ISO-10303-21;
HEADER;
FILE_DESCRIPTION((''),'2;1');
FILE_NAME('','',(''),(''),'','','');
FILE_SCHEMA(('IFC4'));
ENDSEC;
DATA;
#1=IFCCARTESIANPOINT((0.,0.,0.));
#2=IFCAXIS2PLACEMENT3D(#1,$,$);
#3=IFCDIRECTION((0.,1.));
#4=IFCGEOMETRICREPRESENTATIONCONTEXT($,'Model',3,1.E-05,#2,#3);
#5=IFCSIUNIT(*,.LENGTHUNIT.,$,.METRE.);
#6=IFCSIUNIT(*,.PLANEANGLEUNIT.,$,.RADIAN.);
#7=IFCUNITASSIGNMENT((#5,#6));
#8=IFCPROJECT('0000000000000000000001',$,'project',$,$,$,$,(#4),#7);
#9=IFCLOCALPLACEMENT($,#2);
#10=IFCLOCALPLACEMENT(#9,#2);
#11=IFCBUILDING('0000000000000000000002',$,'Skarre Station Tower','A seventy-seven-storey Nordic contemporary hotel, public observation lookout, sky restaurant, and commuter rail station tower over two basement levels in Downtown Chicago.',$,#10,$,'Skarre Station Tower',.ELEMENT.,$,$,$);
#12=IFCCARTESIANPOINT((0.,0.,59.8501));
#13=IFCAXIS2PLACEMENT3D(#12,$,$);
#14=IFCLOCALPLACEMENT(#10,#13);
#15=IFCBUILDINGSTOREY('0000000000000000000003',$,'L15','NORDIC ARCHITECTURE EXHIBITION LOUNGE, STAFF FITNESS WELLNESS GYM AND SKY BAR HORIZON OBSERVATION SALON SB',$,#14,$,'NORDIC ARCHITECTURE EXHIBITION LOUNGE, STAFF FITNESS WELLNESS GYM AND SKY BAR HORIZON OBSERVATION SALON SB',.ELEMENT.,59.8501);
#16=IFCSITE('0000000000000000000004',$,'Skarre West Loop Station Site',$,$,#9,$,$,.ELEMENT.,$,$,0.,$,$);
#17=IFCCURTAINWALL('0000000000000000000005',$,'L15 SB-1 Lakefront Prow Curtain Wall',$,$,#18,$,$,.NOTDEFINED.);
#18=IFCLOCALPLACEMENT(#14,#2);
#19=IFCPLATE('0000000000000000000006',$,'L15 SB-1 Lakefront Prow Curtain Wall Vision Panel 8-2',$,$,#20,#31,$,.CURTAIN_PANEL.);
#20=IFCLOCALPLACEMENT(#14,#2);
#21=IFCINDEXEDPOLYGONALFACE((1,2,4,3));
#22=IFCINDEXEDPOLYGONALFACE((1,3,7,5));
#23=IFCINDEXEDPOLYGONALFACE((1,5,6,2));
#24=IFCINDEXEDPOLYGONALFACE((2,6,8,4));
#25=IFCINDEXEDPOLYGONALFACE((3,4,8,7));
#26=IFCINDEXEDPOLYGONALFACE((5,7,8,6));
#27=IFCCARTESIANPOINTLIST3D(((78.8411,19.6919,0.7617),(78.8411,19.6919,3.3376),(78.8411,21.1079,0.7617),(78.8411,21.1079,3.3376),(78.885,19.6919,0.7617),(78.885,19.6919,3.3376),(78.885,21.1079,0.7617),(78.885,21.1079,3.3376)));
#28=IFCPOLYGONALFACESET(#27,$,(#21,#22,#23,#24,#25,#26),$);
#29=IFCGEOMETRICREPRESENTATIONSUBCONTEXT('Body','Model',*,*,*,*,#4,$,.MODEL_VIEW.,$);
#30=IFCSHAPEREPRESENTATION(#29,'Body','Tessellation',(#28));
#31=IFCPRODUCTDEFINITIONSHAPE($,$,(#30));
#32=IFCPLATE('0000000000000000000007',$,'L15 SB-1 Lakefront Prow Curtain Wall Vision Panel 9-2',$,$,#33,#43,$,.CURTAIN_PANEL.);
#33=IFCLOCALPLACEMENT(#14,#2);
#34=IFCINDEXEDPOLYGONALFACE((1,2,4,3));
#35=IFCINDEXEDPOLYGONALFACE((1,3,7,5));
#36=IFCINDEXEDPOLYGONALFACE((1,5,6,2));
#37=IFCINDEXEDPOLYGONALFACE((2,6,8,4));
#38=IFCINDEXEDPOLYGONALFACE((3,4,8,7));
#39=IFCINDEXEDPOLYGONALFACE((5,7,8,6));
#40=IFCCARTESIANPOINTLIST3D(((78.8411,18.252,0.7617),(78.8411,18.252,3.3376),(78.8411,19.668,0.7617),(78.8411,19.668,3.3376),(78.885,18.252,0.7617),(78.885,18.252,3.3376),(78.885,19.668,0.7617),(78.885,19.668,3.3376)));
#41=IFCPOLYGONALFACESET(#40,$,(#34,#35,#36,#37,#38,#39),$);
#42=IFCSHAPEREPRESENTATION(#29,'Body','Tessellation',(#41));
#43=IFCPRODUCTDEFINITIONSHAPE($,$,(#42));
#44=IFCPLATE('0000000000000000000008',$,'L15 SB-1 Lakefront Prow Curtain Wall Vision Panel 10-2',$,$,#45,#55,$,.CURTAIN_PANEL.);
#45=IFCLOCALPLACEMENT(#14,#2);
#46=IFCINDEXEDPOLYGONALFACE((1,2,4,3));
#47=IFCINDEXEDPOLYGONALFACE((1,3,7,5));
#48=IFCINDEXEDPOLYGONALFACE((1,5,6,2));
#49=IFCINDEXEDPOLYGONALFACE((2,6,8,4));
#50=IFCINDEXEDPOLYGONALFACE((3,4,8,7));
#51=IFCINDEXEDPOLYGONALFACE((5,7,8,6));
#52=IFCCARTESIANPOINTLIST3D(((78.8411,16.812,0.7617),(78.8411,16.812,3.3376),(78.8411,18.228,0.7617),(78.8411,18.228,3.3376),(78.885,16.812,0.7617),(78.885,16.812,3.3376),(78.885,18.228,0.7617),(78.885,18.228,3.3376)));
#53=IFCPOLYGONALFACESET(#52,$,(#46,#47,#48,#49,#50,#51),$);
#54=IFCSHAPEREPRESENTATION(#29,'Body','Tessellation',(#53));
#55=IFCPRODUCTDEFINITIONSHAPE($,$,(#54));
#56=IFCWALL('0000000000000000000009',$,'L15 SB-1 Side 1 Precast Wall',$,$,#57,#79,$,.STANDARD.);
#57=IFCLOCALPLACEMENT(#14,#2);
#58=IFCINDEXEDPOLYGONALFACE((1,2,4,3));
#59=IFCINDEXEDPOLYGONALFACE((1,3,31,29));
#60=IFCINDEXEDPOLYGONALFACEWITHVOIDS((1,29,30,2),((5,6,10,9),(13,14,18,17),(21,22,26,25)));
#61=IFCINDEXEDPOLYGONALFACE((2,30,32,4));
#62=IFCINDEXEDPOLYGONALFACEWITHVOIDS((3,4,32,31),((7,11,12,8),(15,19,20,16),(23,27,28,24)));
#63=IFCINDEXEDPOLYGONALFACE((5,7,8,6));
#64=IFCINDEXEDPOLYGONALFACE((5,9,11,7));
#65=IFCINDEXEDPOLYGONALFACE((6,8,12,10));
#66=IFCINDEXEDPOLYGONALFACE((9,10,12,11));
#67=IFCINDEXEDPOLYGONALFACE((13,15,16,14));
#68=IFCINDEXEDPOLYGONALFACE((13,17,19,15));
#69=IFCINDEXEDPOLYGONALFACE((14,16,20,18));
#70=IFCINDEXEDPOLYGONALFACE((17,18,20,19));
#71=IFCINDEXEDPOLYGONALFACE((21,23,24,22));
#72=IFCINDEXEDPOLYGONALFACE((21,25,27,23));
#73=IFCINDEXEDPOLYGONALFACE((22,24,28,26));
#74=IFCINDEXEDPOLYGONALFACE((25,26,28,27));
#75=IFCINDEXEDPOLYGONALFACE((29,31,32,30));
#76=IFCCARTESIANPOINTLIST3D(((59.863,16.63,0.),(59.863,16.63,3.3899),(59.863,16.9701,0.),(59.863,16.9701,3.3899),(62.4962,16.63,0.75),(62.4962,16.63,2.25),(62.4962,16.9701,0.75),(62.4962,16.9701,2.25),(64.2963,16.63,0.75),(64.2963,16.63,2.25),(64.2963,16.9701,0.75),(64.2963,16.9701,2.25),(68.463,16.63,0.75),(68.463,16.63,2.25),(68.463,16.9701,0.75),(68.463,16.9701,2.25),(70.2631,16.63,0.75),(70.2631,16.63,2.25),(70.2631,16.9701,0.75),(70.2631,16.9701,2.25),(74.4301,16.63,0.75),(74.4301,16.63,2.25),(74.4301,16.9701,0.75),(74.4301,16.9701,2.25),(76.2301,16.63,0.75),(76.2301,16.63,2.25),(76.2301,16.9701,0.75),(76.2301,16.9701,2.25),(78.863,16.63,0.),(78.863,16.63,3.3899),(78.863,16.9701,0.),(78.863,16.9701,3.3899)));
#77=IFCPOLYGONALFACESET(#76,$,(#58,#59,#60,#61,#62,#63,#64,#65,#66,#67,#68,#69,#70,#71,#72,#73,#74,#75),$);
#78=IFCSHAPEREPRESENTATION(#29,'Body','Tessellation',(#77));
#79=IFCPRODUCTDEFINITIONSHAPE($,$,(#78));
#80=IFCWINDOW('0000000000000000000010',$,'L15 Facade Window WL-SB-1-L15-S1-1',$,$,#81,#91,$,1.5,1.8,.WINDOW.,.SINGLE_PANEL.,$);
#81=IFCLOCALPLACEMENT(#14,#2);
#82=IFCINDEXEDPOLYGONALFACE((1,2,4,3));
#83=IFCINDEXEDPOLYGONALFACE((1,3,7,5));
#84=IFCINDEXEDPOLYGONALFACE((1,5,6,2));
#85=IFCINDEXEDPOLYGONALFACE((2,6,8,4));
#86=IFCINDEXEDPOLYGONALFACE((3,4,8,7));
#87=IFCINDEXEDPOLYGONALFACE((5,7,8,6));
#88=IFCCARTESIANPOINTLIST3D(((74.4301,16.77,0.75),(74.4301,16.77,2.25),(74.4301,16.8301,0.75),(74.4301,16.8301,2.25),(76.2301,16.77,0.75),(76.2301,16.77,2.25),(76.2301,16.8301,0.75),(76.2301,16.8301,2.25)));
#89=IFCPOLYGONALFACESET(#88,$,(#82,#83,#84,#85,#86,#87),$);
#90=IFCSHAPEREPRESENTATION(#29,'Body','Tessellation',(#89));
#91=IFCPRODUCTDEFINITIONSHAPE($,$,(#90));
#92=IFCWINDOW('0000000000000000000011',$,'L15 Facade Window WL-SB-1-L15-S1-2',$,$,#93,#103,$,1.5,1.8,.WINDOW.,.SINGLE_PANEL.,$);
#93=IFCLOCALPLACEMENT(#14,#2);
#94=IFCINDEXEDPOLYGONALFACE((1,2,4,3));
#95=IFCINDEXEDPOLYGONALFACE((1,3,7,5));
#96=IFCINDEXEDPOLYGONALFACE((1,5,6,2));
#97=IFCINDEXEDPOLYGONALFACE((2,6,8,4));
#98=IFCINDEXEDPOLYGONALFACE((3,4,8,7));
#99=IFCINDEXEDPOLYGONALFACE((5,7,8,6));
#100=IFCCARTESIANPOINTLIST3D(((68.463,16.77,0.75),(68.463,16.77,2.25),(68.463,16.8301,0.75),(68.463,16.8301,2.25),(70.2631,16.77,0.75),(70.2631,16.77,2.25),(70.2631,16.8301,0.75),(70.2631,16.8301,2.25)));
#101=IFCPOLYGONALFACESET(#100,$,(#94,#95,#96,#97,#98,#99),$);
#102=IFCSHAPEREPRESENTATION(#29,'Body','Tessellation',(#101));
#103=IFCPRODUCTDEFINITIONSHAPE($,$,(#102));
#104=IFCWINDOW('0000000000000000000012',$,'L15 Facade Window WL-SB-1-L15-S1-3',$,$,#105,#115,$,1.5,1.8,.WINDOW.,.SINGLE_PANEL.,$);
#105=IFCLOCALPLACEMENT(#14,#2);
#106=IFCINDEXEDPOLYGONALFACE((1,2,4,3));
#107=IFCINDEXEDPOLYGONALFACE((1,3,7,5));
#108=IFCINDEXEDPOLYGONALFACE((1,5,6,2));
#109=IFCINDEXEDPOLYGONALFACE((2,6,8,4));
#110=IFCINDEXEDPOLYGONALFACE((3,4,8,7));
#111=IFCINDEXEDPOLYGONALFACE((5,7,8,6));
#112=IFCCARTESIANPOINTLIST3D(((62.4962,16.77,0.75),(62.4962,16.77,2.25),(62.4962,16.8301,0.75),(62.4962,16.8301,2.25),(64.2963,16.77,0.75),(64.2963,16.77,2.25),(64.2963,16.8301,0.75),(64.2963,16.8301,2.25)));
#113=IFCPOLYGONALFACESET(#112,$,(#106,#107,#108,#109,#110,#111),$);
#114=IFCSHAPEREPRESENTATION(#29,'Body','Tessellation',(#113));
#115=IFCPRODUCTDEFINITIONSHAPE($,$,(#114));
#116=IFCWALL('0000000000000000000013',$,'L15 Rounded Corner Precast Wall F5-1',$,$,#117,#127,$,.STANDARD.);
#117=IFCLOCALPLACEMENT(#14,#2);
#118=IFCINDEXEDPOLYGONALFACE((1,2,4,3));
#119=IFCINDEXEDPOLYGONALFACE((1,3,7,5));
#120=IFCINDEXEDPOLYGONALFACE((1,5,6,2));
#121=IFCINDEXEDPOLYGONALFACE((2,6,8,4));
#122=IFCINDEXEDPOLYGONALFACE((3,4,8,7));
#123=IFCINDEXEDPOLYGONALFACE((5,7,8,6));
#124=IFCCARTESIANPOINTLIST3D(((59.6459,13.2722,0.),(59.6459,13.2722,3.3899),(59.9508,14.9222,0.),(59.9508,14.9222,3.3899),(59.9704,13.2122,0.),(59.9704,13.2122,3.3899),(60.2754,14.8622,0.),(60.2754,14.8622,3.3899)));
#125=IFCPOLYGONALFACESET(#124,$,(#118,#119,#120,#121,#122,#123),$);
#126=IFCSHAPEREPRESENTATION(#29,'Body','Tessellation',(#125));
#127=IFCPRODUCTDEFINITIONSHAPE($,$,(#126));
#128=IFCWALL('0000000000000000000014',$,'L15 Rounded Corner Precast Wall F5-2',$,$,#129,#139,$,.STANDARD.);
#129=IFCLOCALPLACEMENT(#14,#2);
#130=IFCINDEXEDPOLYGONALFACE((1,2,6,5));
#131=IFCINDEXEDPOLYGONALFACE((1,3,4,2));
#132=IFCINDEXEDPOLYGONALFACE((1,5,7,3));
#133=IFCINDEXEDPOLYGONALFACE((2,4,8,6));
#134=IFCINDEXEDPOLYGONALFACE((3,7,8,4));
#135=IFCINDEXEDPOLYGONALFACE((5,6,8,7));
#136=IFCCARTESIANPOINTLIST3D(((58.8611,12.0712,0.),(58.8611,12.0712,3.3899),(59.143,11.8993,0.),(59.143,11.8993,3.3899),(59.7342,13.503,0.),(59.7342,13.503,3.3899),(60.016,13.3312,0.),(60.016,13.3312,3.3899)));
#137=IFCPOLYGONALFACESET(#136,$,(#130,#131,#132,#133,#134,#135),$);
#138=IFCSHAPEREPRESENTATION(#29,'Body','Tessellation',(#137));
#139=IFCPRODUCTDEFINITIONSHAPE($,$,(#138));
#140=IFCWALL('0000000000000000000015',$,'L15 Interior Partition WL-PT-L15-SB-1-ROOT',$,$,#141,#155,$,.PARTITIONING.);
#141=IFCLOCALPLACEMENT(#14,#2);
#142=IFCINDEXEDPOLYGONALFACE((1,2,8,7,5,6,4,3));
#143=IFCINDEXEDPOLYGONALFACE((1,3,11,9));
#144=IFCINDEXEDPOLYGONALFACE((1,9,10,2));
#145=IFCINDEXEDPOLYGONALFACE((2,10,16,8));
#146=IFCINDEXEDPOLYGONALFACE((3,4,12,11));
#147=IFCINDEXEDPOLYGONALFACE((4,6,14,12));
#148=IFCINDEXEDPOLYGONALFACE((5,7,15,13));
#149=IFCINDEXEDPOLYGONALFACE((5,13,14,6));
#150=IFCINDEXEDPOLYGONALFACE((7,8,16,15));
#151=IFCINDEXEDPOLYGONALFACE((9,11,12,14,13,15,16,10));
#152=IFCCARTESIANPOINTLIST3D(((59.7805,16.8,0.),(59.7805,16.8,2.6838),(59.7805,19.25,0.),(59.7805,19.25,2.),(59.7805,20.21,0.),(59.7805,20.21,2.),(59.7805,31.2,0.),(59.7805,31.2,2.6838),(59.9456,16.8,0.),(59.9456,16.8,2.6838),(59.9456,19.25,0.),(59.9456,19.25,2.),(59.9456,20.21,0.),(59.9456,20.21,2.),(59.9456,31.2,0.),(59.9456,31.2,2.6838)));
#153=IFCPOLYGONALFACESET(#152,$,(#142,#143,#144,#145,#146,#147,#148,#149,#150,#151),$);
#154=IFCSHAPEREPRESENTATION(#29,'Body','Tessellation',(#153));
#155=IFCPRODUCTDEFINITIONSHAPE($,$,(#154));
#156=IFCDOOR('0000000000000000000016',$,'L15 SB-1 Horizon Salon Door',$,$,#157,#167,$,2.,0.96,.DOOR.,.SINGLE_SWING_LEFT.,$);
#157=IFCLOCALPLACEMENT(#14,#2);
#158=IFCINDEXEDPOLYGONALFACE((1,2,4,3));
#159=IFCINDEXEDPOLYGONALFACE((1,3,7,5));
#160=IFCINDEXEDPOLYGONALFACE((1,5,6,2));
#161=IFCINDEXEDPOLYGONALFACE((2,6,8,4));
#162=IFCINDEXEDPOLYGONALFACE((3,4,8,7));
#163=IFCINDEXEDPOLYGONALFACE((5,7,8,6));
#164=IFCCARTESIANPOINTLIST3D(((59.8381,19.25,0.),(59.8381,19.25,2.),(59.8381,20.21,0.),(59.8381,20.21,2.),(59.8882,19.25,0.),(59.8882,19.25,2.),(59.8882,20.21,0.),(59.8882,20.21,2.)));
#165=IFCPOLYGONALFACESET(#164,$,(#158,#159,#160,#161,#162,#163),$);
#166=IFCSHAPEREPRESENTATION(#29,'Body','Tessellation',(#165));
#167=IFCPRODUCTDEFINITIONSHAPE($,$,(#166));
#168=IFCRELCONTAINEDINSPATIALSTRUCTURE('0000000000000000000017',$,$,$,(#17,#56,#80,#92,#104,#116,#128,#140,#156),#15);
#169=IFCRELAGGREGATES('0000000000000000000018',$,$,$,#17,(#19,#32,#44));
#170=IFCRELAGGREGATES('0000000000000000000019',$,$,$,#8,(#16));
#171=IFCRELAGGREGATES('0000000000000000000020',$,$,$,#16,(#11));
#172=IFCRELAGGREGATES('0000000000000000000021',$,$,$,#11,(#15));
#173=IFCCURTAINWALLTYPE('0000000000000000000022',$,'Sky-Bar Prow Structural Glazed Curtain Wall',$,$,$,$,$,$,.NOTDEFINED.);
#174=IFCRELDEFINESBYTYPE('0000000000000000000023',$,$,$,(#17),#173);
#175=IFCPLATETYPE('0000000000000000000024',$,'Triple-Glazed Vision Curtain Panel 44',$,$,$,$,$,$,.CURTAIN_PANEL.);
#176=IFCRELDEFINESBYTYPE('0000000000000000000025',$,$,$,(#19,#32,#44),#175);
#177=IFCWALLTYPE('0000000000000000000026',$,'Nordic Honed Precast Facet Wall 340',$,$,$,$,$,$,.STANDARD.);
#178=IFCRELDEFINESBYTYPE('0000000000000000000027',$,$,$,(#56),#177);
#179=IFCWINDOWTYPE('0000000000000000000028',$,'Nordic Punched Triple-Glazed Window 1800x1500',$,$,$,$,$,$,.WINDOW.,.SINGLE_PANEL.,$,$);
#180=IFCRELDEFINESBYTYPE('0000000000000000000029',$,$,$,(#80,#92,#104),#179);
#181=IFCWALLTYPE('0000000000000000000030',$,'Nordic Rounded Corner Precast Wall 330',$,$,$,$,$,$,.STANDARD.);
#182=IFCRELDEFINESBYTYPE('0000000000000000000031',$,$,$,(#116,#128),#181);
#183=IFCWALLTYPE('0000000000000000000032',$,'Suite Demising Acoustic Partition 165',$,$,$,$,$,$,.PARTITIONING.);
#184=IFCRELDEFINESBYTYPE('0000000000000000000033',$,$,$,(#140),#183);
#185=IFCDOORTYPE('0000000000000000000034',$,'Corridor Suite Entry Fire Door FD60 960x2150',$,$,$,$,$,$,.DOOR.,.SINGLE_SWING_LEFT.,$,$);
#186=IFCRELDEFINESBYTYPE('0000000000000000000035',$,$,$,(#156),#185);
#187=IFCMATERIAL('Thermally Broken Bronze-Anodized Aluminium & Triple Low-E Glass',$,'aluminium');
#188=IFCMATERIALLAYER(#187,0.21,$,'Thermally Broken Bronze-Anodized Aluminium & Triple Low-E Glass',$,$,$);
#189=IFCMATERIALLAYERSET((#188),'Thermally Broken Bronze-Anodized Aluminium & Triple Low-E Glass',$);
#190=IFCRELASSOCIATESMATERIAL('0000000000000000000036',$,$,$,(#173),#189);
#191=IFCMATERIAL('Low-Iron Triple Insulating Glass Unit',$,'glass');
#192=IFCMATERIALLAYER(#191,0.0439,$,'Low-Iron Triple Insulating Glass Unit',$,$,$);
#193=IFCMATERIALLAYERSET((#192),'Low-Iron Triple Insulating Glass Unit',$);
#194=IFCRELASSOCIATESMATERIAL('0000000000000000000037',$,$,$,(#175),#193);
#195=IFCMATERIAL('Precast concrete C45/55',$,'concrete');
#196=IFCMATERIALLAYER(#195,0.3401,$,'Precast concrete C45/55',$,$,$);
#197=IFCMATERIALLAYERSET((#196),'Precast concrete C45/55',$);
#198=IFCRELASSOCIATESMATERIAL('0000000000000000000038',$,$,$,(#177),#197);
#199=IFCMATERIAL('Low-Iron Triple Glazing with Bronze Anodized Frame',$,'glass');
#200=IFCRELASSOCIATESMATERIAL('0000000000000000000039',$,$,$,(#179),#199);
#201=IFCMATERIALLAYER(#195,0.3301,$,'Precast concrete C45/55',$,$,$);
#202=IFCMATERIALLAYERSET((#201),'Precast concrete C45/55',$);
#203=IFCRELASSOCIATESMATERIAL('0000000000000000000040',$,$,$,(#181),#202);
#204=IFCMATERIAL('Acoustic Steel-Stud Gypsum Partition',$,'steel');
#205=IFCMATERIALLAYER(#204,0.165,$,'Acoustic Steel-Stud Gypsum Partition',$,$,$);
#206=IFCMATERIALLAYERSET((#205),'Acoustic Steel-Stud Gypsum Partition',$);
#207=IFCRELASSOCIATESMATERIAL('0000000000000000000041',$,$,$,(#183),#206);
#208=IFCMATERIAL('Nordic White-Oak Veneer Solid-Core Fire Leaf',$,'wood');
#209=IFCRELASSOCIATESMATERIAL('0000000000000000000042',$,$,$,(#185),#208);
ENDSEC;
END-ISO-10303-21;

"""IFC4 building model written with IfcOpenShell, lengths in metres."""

from ifc_helpers import new_model, si_unit, direction, frame, frame_2d, origin, origin_2d, place, context, subcontext, project, spatial, rectangle, extrude, material, layer, layer_set, type_object, element, fill, aggregate, save


model = new_model("IFC4")

# Units and contexts
model_context = context("Model", 3, precision=1e-05, world=origin(), true_north=direction((0.0, 1.0)))
body_context = subcontext(model_context, "Body", "Model", "MODEL_VIEW")
ifc_project = project(units=[si_unit("LENGTHUNIT", "METRE"), si_unit("PLANEANGLEUNIT", "RADIAN")], contexts=[model_context])

# Site, building, storey
site_placement = place(None, origin())
site = spatial("IfcSite", under=ifc_project, at=site_placement, Name="Skarre West Loop Station Site", CompositionType="ELEMENT", RefElevation=0.0)
building_placement = place(site_placement, origin())
building = spatial("IfcBuilding", under=site, at=building_placement, Name="Skarre Station Tower", Description="A seventy-seven-storey Nordic contemporary hotel, public observation lookout, sky restaurant, and commuter rail station tower over two basement levels in Downtown Chicago.", LongName="Skarre Station Tower", CompositionType="ELEMENT")
storey_placement = place(building_placement, frame((0.0, 0.0, 59.8501)))
storey = spatial("IfcBuildingStorey", under=building, at=storey_placement, Name="L15", Description="NORDIC ARCHITECTURE EXHIBITION LOUNGE, STAFF FITNESS WELLNESS GYM AND SKY BAR HORIZON OBSERVATION SALON SB", LongName="NORDIC ARCHITECTURE EXHIBITION LOUNGE, STAFF FITNESS WELLNESS GYM AND SKY BAR HORIZON OBSERVATION SALON SB", CompositionType="ELEMENT", Elevation=59.8501)

# Curtain wall
ifc_material_1 = material(Name="Thermally Broken Bronze-Anodized Aluminium & Triple Low-E Glass", Category="aluminium")
ifc_layer_1 = layer(ifc_material_1, 0.21, Name="Thermally Broken Bronze-Anodized Aluminium & Triple Low-E Glass")
ifc_layer_set_1 = layer_set([ifc_layer_1], Name="Thermally Broken Bronze-Anodized Aluminium & Triple Low-E Glass")
curtain_wall_type = type_object("IfcCurtainWallType", Name="Sky-Bar Prow Structural Glazed Curtain Wall", PredefinedType="NOTDEFINED", material=ifc_layer_set_1)
curtain_wall_placement = place(storey_placement, origin())
curtain_wall = element("IfcCurtainWall", 1, at=curtain_wall_placement, inside=storey, type_object=curtain_wall_type, Name="L15 SB-1 Lakefront Prow Curtain Wall", PredefinedType="NOTDEFINED")

# Plates
ifc_material_2 = material(Name="Low-Iron Triple Insulating Glass Unit", Category="glass")
ifc_layer_2 = layer(ifc_material_2, 0.0439, Name="Low-Iron Triple Insulating Glass Unit")
ifc_layer_set_2 = layer_set([ifc_layer_2], Name="Low-Iron Triple Insulating Glass Unit")
plate_type_1 = type_object("IfcPlateType", Name="Triple-Glazed Vision Curtain Panel 44", PredefinedType="CURTAIN_PANEL", material=ifc_layer_set_2)
plate_1_placement = place(storey_placement, frame((78.863, 20.3999, 0.7617), z_axis=(0.0, 0.0, 1.0), x_axis=(0.0, -1.0, 0.0)))
plate_1 = element("IfcPlate", 2, at=plate_1_placement, type_object=plate_type_1, Name="L15 SB-1 Lakefront Prow Curtain Wall Vision Panel 8-2", PredefinedType="CURTAIN_PANEL", context=body_context, shape_type="SweptSolid", body=[
    extrude(rectangle(XDim=1.416, YDim=0.0439, at=origin_2d()), origin(), (0.0, 0.0, 1.0), 2.5759),
])
plate_2_placement = place(storey_placement, frame((78.863, 18.96, 0.7617), z_axis=(0.0, 0.0, 1.0), x_axis=(0.0, -1.0, 0.0)))
plate_2 = element("IfcPlate", 3, at=plate_2_placement, type_object=plate_type_1, Name="L15 SB-1 Lakefront Prow Curtain Wall Vision Panel 9-2", PredefinedType="CURTAIN_PANEL", context=body_context, shape_type="SweptSolid", body=[
    extrude(rectangle(XDim=1.416, YDim=0.0439, at=origin_2d()), origin(), (0.0, 0.0, 1.0), 2.5759),
])
plate_3_placement = place(storey_placement, frame((78.863, 17.52, 0.7617), z_axis=(0.0, 0.0, 1.0), x_axis=(0.0, -1.0, 0.0)))
plate_3 = element("IfcPlate", 4, at=plate_3_placement, type_object=plate_type_1, Name="L15 SB-1 Lakefront Prow Curtain Wall Vision Panel 10-2", PredefinedType="CURTAIN_PANEL", context=body_context, shape_type="SweptSolid", body=[
    extrude(rectangle(XDim=1.416, YDim=0.0439, at=origin_2d()), origin(), (0.0, 0.0, 1.0), 2.5759),
])
aggregate(curtain_wall, [plate_1, plate_2, plate_3])

# Wall, openings, windows
ifc_material_3 = material(Name="Precast concrete C45/55", Category="concrete")
ifc_layer_3 = layer(ifc_material_3, 0.3401, Name="Precast concrete C45/55")
ifc_layer_set_3 = layer_set([ifc_layer_3], Name="Precast concrete C45/55")
wall_type_1 = type_object("IfcWallType", Name="Nordic Honed Precast Facet Wall 340", PredefinedType="STANDARD", material=ifc_layer_set_3)
wall_1_placement = place(storey_placement, frame((78.863, 16.8, 0.0), z_axis=(0.0, 0.0, 1.0), x_axis=(-1.0, 0.0, 0.0)))
wall_1 = element("IfcWall", 5, at=wall_1_placement, inside=storey, type_object=wall_type_1, Name="L15 SB-1 Side 1 Precast Wall", PredefinedType="STANDARD", context=body_context, shape_type="SweptSolid", body=[
    extrude(rectangle(XDim=19.0, YDim=0.3401, at=frame_2d((9.5, 0.0))), origin(), (0.0, 0.0, 1.0), 3.3899),
])
opening_1_placement = place(wall_1_placement, frame((2.6331, 0.0, 0.75)))
opening_1 = element("IfcOpeningElement", 6, at=opening_1_placement, cuts=wall_1, PredefinedType="OPENING", context=body_context, shape_type="SweptSolid", body=[
    extrude(rectangle(XDim=1.8, YDim=1.5, at=frame_2d((0.8999, 0.75))), frame((0.0, 0.1799, 0.0), z_axis=(0.0, -1.0, 0.0), x_axis=(1.0, 0.0, 0.0)), (0.0, 0.0, 1.0), 0.3601),
])
opening_2_placement = place(wall_1_placement, frame((8.6001, 0.0, 0.75)))
opening_2 = element("IfcOpeningElement", 7, at=opening_2_placement, cuts=wall_1, PredefinedType="OPENING", context=body_context, shape_type="SweptSolid", body=[
    extrude(rectangle(XDim=1.8, YDim=1.5, at=frame_2d((0.8999, 0.75))), frame((0.0, 0.1799, 0.0), z_axis=(0.0, -1.0, 0.0), x_axis=(1.0, 0.0, 0.0)), (0.0, 0.0, 1.0), 0.3601),
])
opening_3_placement = place(wall_1_placement, frame((14.5669, 0.0, 0.75)))
opening_3 = element("IfcOpeningElement", 8, at=opening_3_placement, cuts=wall_1, PredefinedType="OPENING", context=body_context, shape_type="SweptSolid", body=[
    extrude(rectangle(XDim=1.8, YDim=1.5, at=frame_2d((0.8999, 0.75))), frame((0.0, 0.1799, 0.0), z_axis=(0.0, -1.0, 0.0), x_axis=(1.0, 0.0, 0.0)), (0.0, 0.0, 1.0), 0.3601),
])
ifc_material_4 = material(Name="Low-Iron Triple Glazing with Bronze Anodized Frame", Category="glass")
window_type = type_object("IfcWindowType", Name="Nordic Punched Triple-Glazed Window 1800x1500", PartitioningType="SINGLE_PANEL", PredefinedType="WINDOW", material=ifc_material_4)
window_1_placement = place(opening_1_placement, origin())
window_1 = element("IfcWindow", 9, at=window_1_placement, inside=storey, type_object=window_type, Name="L15 Facade Window WL-SB-1-L15-S1-1", OverallHeight=1.5, OverallWidth=1.8, PartitioningType="SINGLE_PANEL", PredefinedType="WINDOW", context=body_context, shape_type="SweptSolid", body=[
    extrude(rectangle(XDim=1.8, YDim=1.5, at=frame_2d((0.8999, 0.75))), frame((0.0, 0.03, 0.0), z_axis=(0.0, -1.0, 0.0), x_axis=(1.0, 0.0, 0.0)), (0.0, 0.0, 1.0), 0.0601),
])
fill(opening_1, window_1)
window_2_placement = place(opening_2_placement, origin())
window_2 = element("IfcWindow", 10, at=window_2_placement, inside=storey, type_object=window_type, Name="L15 Facade Window WL-SB-1-L15-S1-2", OverallHeight=1.5, OverallWidth=1.8, PartitioningType="SINGLE_PANEL", PredefinedType="WINDOW", context=body_context, shape_type="SweptSolid", body=[
    extrude(rectangle(XDim=1.8, YDim=1.5, at=frame_2d((0.8999, 0.75))), frame((0.0, 0.03, 0.0), z_axis=(0.0, -1.0, 0.0), x_axis=(1.0, 0.0, 0.0)), (0.0, 0.0, 1.0), 0.0601),
])
fill(opening_2, window_2)
window_3_placement = place(opening_3_placement, origin())
window_3 = element("IfcWindow", 11, at=window_3_placement, inside=storey, type_object=window_type, Name="L15 Facade Window WL-SB-1-L15-S1-3", OverallHeight=1.5, OverallWidth=1.8, PartitioningType="SINGLE_PANEL", PredefinedType="WINDOW", context=body_context, shape_type="SweptSolid", body=[
    extrude(rectangle(XDim=1.8, YDim=1.5, at=frame_2d((0.8999, 0.75))), frame((0.0, 0.03, 0.0), z_axis=(0.0, -1.0, 0.0), x_axis=(1.0, 0.0, 0.0)), (0.0, 0.0, 1.0), 0.0601),
])
fill(opening_3, window_3)

# Walls
ifc_layer_4 = layer(ifc_material_3, 0.3301, Name="Precast concrete C45/55")
ifc_layer_set_4 = layer_set([ifc_layer_4], Name="Precast concrete C45/55")
wall_type_2 = type_object("IfcWallType", Name="Nordic Rounded Corner Precast Wall 330", PredefinedType="STANDARD", material=ifc_layer_set_4)
wall_2_placement = place(storey_placement, frame((60.113, 14.8921, 0.0), z_axis=(0.0, 0.0, 1.0), x_axis=(-0.181714, -0.983351, 0.0)))
element("IfcWall", 12, at=wall_2_placement, inside=storey, type_object=wall_type_2, Name="L15 Rounded Corner Precast Wall F5-1", PredefinedType="STANDARD", context=body_context, shape_type="SweptSolid", body=[
    extrude(rectangle(XDim=1.678, YDim=0.3301, at=frame_2d((0.8389, 0.0))), origin(), (0.0, 0.0, 1.0), 3.3899),
])
wall_3_placement = place(storey_placement, frame((59.875, 13.417, 0.0), z_axis=(0.0, 0.0, 1.0), x_axis=(-0.520584, -0.85381, 0.0)))
element("IfcWall", 13, at=wall_3_placement, inside=storey, type_object=wall_type_2, Name="L15 Rounded Corner Precast Wall F5-2", PredefinedType="STANDARD", context=body_context, shape_type="SweptSolid", body=[
    extrude(rectangle(XDim=1.677, YDim=0.3301, at=frame_2d((0.8384, 0.0))), origin(), (0.0, 0.0, 1.0), 3.3899),
])

# Wall, opening, door
ifc_material_5 = material(Name="Acoustic Steel-Stud Gypsum Partition", Category="steel")
ifc_layer_5 = layer(ifc_material_5, 0.165, Name="Acoustic Steel-Stud Gypsum Partition")
ifc_layer_set_5 = layer_set([ifc_layer_5], Name="Acoustic Steel-Stud Gypsum Partition")
wall_type_3 = type_object("IfcWallType", Name="Suite Demising Acoustic Partition 165", PredefinedType="PARTITIONING", material=ifc_layer_set_5)
wall_4_placement = place(storey_placement, frame((59.863, 16.8, 0.0), z_axis=(0.0, 0.0, 1.0), x_axis=(0.0, 1.0, 0.0)))
wall_4 = element("IfcWall", 14, at=wall_4_placement, inside=storey, type_object=wall_type_3, Name="L15 Interior Partition WL-PT-L15-SB-1-ROOT", PredefinedType="PARTITIONING", context=body_context, shape_type="SweptSolid", body=[
    extrude(rectangle(XDim=14.3999, YDim=0.165, at=frame_2d((7.2, 0.0))), origin(), (0.0, 0.0, 1.0), 2.6838),
])
opening_4_placement = place(wall_4_placement, frame((2.45, 0.0, 0.0)))
opening_4 = element("IfcOpeningElement", 15, at=opening_4_placement, cuts=wall_4, PredefinedType="OPENING", context=body_context, shape_type="SweptSolid", body=[
    extrude(rectangle(XDim=0.96, YDim=2.0, at=frame_2d((0.48, 1.0))), frame((0.0, 0.0925, 0.0), z_axis=(0.0, -1.0, 0.0), x_axis=(1.0, 0.0, 0.0)), (0.0, 0.0, 1.0), 0.1851),
])
ifc_material_6 = material(Name="Nordic White-Oak Veneer Solid-Core Fire Leaf", Category="wood")
door_type = type_object("IfcDoorType", Name="Corridor Suite Entry Fire Door FD60 960x2150", OperationType="SINGLE_SWING_LEFT", PredefinedType="DOOR", material=ifc_material_6)
door_placement = place(opening_4_placement, origin())
door = element("IfcDoor", 16, at=door_placement, inside=storey, type_object=door_type, Name="L15 SB-1 Horizon Salon Door", OperationType="SINGLE_SWING_LEFT", OverallHeight=2.0, OverallWidth=0.96, PredefinedType="DOOR", context=body_context, shape_type="SweptSolid", body=[
    extrude(rectangle(XDim=0.96, YDim=2.0, at=frame_2d((0.48, 1.0))), frame((0.0, 0.0249, 0.0), z_axis=(0.0, -1.0, 0.0), x_axis=(1.0, 0.0, 0.0)), (0.0, 0.0, 1.0), 0.05),
])
fill(opening_4, door)

save(model, "model.ifc")
